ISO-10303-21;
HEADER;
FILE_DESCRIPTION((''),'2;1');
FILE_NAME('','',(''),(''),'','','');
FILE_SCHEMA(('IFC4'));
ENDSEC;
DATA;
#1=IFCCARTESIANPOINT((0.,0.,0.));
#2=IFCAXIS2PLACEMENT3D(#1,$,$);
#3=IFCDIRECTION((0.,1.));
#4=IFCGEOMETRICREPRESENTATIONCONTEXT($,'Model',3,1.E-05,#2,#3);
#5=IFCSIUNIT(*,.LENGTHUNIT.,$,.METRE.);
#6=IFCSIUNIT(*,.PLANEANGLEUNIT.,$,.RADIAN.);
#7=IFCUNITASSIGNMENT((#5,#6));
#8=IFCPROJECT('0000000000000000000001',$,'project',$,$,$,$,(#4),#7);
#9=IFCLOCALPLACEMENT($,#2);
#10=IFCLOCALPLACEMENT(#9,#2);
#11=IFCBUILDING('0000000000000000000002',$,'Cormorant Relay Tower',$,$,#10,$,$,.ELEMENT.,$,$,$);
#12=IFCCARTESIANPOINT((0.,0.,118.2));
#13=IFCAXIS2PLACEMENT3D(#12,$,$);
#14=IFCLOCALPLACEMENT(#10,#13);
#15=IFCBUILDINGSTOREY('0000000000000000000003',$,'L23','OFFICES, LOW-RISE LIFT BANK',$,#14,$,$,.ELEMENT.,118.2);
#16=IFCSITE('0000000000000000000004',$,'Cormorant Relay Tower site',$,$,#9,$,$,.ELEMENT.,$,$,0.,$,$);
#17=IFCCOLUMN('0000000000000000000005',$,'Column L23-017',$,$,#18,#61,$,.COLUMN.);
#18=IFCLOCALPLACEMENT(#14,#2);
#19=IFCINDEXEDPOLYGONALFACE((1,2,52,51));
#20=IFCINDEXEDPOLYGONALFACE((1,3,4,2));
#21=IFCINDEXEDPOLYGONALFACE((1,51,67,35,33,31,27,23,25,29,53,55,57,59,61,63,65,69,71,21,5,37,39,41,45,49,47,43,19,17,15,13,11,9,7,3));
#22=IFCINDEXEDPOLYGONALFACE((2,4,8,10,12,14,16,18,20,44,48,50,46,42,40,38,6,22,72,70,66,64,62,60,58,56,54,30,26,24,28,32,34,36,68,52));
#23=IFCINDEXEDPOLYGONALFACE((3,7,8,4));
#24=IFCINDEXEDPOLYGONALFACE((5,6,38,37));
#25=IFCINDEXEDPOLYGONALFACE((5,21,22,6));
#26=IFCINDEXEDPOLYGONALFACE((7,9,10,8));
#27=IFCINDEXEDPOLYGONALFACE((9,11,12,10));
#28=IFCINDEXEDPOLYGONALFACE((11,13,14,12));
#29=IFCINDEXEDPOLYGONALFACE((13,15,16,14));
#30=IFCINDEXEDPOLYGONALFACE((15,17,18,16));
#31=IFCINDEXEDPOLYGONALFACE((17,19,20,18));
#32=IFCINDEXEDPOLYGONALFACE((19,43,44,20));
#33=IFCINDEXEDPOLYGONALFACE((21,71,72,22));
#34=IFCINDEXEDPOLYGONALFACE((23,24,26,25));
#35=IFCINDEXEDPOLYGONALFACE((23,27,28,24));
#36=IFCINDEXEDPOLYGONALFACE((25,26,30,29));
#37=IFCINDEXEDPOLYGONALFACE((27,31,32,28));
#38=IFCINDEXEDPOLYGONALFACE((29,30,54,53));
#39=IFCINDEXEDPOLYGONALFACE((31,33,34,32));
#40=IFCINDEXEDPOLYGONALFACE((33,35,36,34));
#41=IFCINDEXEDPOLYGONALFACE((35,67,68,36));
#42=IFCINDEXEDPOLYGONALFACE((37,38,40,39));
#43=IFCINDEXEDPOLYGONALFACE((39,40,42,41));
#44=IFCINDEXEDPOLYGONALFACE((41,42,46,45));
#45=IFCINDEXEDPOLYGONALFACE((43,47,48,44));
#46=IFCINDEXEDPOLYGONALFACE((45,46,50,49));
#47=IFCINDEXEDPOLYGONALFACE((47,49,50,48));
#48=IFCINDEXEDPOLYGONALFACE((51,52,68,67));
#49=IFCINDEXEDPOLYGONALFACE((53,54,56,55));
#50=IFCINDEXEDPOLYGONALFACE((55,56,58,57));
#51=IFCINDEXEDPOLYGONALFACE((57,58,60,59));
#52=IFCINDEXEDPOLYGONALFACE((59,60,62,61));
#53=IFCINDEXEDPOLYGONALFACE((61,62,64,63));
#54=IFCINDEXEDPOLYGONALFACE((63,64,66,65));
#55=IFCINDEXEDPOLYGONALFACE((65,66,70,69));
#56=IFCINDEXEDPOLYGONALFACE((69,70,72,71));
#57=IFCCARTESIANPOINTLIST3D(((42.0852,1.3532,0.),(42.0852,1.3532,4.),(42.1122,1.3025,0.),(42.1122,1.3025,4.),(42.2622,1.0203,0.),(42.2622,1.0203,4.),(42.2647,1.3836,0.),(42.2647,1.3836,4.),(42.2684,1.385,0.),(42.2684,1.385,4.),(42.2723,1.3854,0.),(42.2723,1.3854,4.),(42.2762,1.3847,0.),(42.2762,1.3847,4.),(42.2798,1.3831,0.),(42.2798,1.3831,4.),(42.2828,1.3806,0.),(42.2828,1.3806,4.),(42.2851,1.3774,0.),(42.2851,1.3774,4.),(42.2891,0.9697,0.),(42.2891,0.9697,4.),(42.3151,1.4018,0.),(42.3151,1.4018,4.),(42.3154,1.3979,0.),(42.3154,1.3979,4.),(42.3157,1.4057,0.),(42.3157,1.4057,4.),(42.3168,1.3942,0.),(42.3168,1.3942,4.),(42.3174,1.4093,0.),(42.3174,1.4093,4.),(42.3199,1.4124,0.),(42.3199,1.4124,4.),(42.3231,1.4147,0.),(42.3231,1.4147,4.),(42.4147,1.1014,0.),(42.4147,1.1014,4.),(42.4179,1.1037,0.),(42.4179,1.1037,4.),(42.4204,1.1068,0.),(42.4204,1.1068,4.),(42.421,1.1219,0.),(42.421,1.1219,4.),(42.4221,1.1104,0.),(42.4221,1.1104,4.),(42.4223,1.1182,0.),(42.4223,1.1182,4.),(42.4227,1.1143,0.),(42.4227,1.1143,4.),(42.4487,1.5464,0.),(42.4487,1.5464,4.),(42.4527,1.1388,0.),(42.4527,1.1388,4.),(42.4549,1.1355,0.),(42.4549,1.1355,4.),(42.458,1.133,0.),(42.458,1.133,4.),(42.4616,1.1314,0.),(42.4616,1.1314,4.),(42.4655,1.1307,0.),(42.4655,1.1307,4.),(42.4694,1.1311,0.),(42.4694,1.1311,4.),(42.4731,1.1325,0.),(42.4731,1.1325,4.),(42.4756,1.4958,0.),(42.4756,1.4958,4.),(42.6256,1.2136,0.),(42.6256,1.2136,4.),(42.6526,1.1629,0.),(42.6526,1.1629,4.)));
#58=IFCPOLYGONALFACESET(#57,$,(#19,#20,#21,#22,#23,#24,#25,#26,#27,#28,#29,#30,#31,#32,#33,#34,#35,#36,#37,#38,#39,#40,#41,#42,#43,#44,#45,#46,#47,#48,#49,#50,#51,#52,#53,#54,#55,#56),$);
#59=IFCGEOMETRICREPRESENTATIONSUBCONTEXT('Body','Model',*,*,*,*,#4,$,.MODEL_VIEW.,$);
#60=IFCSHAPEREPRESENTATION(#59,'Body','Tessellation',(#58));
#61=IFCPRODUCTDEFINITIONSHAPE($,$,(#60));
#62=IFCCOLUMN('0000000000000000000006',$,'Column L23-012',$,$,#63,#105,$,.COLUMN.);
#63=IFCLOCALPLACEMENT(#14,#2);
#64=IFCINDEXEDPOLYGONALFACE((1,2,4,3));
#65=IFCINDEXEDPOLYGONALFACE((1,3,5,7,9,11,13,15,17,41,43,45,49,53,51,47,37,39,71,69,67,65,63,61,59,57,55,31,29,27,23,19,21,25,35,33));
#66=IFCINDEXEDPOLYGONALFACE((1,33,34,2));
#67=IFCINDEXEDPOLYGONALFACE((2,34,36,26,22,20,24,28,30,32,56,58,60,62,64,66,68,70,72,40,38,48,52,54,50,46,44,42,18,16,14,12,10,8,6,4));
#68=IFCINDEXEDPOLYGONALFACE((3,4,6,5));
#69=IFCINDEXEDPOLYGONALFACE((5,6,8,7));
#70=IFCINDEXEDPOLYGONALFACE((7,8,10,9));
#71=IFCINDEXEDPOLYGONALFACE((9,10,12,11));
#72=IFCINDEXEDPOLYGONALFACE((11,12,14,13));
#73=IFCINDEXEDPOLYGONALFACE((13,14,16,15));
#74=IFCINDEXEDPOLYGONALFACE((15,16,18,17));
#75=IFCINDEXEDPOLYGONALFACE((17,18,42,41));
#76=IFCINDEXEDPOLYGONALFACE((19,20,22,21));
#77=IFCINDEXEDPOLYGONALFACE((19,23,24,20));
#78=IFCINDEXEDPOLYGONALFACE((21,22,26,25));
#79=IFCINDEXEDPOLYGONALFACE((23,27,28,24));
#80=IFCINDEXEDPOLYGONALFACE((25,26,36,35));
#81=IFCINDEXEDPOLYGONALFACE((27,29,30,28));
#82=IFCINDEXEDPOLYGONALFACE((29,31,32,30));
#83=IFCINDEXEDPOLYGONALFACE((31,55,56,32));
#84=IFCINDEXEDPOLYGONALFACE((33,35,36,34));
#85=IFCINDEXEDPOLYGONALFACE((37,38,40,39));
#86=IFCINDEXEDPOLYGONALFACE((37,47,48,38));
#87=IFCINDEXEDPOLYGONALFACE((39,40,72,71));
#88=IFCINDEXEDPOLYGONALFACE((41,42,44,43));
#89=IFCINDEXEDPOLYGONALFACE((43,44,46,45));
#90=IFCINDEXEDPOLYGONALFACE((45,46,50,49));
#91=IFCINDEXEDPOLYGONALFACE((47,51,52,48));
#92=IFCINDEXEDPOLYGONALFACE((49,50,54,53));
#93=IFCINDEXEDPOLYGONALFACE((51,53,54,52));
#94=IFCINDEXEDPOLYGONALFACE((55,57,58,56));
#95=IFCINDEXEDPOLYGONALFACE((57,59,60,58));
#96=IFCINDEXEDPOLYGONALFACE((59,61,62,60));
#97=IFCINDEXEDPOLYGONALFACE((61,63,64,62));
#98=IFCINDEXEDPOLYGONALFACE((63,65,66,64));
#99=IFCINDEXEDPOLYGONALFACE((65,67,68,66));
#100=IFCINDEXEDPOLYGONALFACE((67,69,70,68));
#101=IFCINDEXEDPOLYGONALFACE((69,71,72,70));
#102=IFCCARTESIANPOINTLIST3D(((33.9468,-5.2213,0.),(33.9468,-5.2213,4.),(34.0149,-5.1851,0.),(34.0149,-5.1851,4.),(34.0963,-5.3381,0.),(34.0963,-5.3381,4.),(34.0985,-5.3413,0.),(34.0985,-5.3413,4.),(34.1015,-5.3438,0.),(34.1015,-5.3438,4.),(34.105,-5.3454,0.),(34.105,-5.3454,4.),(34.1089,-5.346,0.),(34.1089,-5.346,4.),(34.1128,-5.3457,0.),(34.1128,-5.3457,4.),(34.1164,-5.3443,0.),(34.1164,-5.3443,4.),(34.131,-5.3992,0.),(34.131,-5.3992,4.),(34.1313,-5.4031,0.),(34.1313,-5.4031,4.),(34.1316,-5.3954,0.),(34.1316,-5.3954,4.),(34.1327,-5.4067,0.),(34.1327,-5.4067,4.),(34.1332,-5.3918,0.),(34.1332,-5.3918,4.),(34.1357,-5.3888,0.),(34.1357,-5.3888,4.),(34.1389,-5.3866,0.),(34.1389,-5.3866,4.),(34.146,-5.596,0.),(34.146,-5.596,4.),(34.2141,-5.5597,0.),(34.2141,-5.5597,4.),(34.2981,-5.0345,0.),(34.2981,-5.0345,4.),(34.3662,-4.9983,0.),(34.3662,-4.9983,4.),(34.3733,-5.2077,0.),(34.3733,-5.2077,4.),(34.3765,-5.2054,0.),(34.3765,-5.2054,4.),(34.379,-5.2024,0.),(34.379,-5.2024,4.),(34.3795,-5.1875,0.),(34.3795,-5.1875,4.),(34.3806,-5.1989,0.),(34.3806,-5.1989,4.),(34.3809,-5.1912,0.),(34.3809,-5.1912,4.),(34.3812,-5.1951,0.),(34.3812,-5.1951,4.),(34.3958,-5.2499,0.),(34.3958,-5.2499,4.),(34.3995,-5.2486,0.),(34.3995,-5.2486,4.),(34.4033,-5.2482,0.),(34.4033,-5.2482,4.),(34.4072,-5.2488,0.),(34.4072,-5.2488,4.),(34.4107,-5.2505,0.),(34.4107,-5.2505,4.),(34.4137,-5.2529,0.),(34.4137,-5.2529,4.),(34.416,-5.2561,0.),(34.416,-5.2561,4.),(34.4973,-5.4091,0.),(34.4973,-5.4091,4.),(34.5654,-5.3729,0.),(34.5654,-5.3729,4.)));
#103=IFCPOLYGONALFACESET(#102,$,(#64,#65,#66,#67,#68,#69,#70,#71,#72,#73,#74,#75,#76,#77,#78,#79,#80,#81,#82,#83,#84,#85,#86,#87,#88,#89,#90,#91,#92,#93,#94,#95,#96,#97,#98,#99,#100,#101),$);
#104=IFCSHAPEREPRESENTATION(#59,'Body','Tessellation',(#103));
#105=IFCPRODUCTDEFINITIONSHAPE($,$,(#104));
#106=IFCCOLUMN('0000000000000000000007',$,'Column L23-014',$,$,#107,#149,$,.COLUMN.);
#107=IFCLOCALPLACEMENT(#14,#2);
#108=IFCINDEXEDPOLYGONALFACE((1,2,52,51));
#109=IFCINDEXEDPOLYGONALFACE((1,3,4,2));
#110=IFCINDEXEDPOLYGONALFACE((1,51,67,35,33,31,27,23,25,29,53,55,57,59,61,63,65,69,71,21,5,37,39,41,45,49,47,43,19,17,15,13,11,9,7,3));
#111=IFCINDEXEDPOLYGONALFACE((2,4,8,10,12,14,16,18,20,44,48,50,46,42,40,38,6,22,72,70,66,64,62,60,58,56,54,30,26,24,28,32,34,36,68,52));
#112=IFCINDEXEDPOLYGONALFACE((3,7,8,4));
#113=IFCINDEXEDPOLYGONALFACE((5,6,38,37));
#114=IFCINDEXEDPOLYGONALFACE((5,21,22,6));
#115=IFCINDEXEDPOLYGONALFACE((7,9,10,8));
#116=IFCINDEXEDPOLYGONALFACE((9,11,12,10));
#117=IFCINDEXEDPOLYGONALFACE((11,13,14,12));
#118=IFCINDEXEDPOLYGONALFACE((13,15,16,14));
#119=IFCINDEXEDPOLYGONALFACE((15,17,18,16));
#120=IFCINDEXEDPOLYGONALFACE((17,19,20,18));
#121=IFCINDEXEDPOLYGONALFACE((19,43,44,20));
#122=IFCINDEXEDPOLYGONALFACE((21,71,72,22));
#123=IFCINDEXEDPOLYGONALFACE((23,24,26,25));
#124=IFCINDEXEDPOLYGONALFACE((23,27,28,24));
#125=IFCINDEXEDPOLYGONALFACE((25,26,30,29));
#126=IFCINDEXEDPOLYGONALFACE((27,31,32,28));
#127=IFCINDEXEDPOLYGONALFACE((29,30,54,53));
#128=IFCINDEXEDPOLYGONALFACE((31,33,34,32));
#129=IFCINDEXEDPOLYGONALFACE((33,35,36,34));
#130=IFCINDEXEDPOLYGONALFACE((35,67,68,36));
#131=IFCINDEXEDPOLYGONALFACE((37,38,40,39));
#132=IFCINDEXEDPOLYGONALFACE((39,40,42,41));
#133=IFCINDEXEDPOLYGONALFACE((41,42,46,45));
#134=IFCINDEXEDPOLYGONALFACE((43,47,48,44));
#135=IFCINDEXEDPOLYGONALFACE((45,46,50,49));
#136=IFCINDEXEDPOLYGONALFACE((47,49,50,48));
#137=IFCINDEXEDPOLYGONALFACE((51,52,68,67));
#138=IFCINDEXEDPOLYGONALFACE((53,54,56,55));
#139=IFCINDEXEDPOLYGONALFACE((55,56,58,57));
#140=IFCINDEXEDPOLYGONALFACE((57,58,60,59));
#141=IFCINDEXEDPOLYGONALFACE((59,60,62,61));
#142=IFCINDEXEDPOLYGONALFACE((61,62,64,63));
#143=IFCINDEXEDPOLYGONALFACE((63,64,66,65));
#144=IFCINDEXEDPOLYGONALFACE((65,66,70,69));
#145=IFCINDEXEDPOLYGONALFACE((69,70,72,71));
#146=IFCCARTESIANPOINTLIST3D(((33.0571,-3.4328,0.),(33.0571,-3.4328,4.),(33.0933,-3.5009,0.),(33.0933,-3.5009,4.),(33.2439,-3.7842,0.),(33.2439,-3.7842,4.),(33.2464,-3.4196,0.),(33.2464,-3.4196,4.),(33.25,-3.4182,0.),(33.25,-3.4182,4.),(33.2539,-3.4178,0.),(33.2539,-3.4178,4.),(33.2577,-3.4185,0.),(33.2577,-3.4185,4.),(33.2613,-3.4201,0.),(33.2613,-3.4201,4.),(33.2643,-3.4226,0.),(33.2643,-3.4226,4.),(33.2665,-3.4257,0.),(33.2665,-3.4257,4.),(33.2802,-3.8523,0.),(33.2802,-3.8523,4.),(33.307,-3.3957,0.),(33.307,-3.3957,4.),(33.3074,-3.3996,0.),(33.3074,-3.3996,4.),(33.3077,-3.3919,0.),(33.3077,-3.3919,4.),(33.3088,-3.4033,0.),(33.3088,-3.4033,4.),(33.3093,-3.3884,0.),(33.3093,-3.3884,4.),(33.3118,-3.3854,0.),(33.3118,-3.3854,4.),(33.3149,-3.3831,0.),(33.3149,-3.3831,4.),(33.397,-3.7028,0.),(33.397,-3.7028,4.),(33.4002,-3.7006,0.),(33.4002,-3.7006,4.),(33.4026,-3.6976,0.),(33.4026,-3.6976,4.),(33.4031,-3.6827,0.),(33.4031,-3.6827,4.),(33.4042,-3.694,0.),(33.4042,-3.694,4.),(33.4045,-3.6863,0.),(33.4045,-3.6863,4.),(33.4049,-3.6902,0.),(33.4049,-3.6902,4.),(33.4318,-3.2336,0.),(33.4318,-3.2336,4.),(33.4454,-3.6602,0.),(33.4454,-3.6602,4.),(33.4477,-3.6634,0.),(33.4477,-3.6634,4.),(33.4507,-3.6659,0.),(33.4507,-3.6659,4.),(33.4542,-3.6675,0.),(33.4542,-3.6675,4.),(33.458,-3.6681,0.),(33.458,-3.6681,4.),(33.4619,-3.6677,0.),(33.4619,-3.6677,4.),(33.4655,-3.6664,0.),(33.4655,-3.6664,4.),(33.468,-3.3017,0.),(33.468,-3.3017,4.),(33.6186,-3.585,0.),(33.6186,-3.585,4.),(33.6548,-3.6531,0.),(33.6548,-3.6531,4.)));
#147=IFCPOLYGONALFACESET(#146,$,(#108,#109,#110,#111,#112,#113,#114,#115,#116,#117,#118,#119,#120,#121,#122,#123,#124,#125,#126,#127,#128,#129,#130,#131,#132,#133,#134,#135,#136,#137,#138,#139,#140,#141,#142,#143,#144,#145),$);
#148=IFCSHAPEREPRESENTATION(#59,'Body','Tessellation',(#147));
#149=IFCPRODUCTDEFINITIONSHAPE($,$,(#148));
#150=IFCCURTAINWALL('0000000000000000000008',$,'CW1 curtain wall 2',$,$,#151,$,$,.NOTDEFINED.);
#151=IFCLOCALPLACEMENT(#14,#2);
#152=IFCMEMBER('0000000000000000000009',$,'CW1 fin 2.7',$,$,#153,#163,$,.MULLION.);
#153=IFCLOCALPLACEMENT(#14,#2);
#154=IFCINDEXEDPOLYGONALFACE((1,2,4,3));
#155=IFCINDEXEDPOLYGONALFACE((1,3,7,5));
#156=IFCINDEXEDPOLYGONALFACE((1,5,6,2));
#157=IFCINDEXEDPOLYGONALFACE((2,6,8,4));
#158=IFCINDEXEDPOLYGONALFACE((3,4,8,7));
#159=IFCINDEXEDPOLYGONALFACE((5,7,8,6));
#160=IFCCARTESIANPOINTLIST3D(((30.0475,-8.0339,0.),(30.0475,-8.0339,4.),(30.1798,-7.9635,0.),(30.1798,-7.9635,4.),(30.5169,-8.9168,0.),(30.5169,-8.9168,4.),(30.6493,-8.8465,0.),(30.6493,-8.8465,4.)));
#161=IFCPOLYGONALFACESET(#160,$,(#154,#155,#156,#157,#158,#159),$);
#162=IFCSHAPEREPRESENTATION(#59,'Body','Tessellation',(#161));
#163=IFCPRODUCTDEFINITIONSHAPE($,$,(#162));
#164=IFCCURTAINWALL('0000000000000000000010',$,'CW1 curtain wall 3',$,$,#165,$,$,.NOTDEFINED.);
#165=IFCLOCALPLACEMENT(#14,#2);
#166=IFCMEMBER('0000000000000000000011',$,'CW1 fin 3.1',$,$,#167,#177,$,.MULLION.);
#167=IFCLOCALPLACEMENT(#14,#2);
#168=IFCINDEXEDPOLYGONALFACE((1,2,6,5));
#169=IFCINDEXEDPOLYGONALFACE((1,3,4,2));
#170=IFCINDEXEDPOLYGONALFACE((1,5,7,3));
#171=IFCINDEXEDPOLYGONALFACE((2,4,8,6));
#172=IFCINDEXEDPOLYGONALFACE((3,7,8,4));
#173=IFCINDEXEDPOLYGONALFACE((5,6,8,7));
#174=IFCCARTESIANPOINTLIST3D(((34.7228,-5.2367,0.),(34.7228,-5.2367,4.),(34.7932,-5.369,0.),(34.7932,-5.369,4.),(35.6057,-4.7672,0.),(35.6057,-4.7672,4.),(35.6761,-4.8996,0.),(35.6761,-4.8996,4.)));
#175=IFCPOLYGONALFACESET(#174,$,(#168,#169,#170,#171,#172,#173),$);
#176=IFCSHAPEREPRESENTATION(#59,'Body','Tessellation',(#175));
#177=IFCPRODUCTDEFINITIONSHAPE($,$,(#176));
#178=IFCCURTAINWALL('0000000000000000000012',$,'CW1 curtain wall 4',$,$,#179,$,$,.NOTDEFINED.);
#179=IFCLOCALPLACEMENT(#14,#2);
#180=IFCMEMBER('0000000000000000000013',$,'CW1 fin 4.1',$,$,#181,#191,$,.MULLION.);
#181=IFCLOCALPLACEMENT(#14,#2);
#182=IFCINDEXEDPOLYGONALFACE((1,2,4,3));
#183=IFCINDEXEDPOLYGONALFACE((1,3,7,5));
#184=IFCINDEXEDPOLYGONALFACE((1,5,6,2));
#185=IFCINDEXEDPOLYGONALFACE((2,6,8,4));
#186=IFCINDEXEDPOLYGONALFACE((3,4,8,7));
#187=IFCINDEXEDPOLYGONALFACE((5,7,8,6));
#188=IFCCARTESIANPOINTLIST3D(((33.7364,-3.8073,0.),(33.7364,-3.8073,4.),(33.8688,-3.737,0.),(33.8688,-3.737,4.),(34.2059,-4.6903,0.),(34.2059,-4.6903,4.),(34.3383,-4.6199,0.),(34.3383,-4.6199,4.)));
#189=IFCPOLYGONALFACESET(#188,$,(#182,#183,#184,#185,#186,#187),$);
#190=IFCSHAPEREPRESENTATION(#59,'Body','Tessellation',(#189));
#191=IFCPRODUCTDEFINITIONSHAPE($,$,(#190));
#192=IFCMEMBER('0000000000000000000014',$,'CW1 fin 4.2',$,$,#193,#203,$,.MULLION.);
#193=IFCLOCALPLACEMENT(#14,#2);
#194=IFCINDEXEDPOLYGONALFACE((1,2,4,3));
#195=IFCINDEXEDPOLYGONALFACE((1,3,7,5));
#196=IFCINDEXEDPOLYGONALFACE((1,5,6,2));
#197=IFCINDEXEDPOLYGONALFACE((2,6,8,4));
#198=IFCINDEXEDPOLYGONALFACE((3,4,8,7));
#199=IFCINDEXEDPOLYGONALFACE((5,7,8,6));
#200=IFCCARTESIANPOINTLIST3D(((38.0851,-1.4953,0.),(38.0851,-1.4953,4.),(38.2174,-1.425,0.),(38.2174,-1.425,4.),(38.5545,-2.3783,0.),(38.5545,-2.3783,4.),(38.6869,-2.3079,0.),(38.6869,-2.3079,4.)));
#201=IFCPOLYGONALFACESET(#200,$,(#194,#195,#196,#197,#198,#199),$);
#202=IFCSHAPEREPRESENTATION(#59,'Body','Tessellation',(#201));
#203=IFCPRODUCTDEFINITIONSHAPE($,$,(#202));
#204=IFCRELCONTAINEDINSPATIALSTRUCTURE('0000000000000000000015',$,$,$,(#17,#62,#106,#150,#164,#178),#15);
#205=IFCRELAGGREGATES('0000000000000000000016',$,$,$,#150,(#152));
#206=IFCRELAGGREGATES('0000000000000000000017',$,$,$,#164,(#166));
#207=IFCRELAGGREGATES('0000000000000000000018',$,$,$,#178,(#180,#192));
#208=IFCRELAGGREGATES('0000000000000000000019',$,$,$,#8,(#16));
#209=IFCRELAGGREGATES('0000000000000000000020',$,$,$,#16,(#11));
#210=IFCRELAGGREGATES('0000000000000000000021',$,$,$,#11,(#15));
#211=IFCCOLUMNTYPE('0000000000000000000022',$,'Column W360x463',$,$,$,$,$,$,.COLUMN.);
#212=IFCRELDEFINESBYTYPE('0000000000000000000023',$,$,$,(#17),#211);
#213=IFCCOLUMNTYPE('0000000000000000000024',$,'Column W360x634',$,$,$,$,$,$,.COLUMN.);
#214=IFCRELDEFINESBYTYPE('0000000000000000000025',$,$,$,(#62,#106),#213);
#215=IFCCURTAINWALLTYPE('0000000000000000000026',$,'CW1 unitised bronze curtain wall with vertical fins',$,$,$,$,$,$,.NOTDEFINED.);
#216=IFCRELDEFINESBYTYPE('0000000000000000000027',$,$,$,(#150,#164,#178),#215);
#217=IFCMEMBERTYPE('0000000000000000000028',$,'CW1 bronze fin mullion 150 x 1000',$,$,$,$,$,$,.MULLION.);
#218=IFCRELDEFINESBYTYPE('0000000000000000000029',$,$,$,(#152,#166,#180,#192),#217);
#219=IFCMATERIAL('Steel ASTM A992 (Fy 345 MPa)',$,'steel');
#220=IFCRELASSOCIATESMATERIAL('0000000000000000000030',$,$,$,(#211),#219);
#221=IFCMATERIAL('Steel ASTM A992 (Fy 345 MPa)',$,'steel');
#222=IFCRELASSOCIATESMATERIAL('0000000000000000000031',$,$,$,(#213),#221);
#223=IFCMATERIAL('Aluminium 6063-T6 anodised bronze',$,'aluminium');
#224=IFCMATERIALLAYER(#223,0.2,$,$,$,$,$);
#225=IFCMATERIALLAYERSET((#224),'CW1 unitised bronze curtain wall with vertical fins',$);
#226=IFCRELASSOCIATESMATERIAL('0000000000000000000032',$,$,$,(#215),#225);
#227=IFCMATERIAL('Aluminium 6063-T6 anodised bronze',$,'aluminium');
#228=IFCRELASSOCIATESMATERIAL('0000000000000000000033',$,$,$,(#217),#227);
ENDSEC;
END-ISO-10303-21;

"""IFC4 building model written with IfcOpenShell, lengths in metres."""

from ifc_helpers import new_model, si_unit, direction, frame, origin, origin_2d, place, context, subcontext, project, spatial, rectangle, i_section, extrude, material, layer, layer_set, material_profile, profile_set, type_object, element, aggregate, save


model = new_model("IFC4")

# Units and contexts
model_context = context("Model", 3, precision=1e-05, world=origin(), true_north=direction((0.0, 1.0)))
body_context = subcontext(model_context, "Body", "Model", "MODEL_VIEW")
ifc_project = project(units=[si_unit("LENGTHUNIT", "METRE"), si_unit("PLANEANGLEUNIT", "RADIAN")], contexts=[model_context])

# Site, building, storey
site_placement = place(None, origin())
site = spatial("IfcSite", under=ifc_project, at=site_placement, Name="Cormorant Relay Tower site", CompositionType="ELEMENT", RefElevation=0.0)
building_placement = place(site_placement, origin())
building = spatial("IfcBuilding", under=site, at=building_placement, Name="Cormorant Relay Tower", CompositionType="ELEMENT")
storey_placement = place(building_placement, frame((0.0, 0.0, 118.2)))
storey = spatial("IfcBuildingStorey", under=building, at=storey_placement, Name="L23", Description="OFFICES, LOW-RISE LIFT BANK", CompositionType="ELEMENT", Elevation=118.2)

# Columns
ifc_material_1 = material(Name="Steel ASTM A992 (Fy 345 MPa)", Category="steel")
ifc_material_profile_1 = material_profile(ifc_material_1, i_section(OverallWidth=0.4116, OverallDepth=0.4343, WebThickness=0.0359, FlangeThickness=0.0574, FilletRadius=0.0151, at=origin_2d()), Name="W360x463")
ifc_profile_set_1 = profile_set([ifc_material_profile_1], Name="Steel ASTM A992 (Fy 345 MPa)")
column_type_1 = type_object("IfcColumnType", Name="Column W360x463", PredefinedType="COLUMN", material=ifc_profile_set_1)
column_placement = place(storey_placement, frame((42.3689, 1.2581, 0.0), z_axis=(0.0, 0.0, 1.0), x_axis=(0.882948, 0.469472, 0.0)))
element("IfcColumn", 1, at=column_placement, inside=storey, type_object=column_type_1, Name="Column L23-017", PredefinedType="COLUMN", context=body_context, shape_type="SweptSolid", body=[
    extrude(i_section(OverallWidth=0.4116, OverallDepth=0.4343, WebThickness=0.0359, FlangeThickness=0.0574, FilletRadius=0.0151, at=origin_2d()), origin(), (0.0, 0.0, 1.0), 4.0),
])
ifc_material_2 = material(Name="Steel ASTM A992 (Fy 345 MPa)", Category="steel")
ifc_material_profile_2 = material_profile(ifc_material_2, i_section(OverallWidth=0.4243, OverallDepth=0.4751, WebThickness=0.0479, FlangeThickness=0.0771, FilletRadius=0.0149, at=origin_2d()), Name="W360x634")
ifc_profile_set_2 = profile_set([ifc_material_profile_2], Name="Steel ASTM A992 (Fy 345 MPa)")
column_type_2 = type_object("IfcColumnType", Name="Column W360x634", PredefinedType="COLUMN", material=ifc_profile_set_2)
for number, where, z_axis, x_axis, name in (
    (2, (34.2561, -5.2971, 0.0), (0.0, 0.0, 1.0), (-0.469472, 0.882948, 0.0), "Column L23-012"),
    (3, (33.356, -3.543, 0.0), (0.0, 0.0, 1.0), (0.882948, 0.469472, 0.0), "Column L23-014"),
):
    element("IfcColumn", number, at=place(storey_placement, frame(where, z_axis=z_axis, x_axis=x_axis)), inside=storey, type_object=column_type_2, Name=name, PredefinedType="COLUMN", context=body_context, shape_type="SweptSolid", body=[
        extrude(i_section(OverallWidth=0.4243, OverallDepth=0.4751, WebThickness=0.0479, FlangeThickness=0.0771, FilletRadius=0.0149, at=origin_2d()), origin(), (0.0, 0.0, 1.0), 4.0),
    ])

# Curtain walls, members
ifc_material_3 = material(Name="Aluminium 6063-T6 anodised bronze", Category="aluminium")
ifc_layer_1 = layer(ifc_material_3, 0.2)
ifc_layer_set_1 = layer_set([ifc_layer_1], Name="CW1 unitised bronze curtain wall with vertical fins")
curtain_wall_type = type_object("IfcCurtainWallType", Name="CW1 unitised bronze curtain wall with vertical fins", PredefinedType="NOTDEFINED", material=ifc_layer_set_1)
curtain_wall_1_placement = place(storey_placement, origin())
curtain_wall_1 = element("IfcCurtainWall", 4, at=curtain_wall_1_placement, inside=storey, type_object=curtain_wall_type, Name="CW1 curtain wall 2", PredefinedType="NOTDEFINED")
ifc_material_4 = material(Name="Aluminium 6063-T6 anodised bronze", Category="aluminium")
ifc_material_profile_3 = material_profile(ifc_material_4, rectangle(XDim=0.1499, YDim=1.0, at=origin_2d()), Name="AL 150x1000")
ifc_profile_set_3 = profile_set([ifc_material_profile_3], Name="Aluminium 6063-T6 anodised bronze")
member_type_1 = type_object("IfcMemberType", Name="CW1 bronze fin mullion 150 x 1000", PredefinedType="MULLION", material=ifc_profile_set_3)
member_1_placement = place(storey_placement, frame((30.3484, -8.4402, 0.0), z_axis=(0.0, 0.0, 1.0), x_axis=(0.882948, 0.469472, 0.0)))
member_1 = element("IfcMember", 5, at=member_1_placement, type_object=member_type_1, Name="CW1 fin 2.7", PredefinedType="MULLION", context=body_context, shape_type="SweptSolid", body=[
    extrude(rectangle(XDim=0.1499, YDim=1.0, at=origin_2d()), origin(), (0.0, 0.0, 1.0), 4.0),
])
curtain_wall_2_placement = place(storey_placement, origin())
curtain_wall_2 = element("IfcCurtainWall", 6, at=curtain_wall_2_placement, inside=storey, type_object=curtain_wall_type, Name="CW1 curtain wall 3", PredefinedType="NOTDEFINED")
member_2_placement = place(storey_placement, frame((35.1995, -5.0681, 0.0), z_axis=(0.0, 0.0, 1.0), x_axis=(-0.469472, 0.882948, 0.0)))
member_2 = element("IfcMember", 7, at=member_2_placement, type_object=member_type_1, Name="CW1 fin 3.1", PredefinedType="MULLION", context=body_context, shape_type="SweptSolid", body=[
    extrude(rectangle(XDim=0.1499, YDim=1.0, at=origin_2d()), origin(), (0.0, 0.0, 1.0), 4.0),
])

# Curtain wall, members
curtain_wall_3_placement = place(storey_placement, origin())
curtain_wall_3 = element("IfcCurtainWall", 8, at=curtain_wall_3_placement, inside=storey, type_object=curtain_wall_type, Name="CW1 curtain wall 4", PredefinedType="NOTDEFINED")
member_3_placement = place(storey_placement, frame((34.0374, -4.2136, 0.0), z_axis=(0.0, 0.0, 1.0), x_axis=(0.882948, 0.469472, 0.0)))
member_3 = element("IfcMember", 9, at=member_3_placement, type_object=member_type_1, Name="CW1 fin 4.1", PredefinedType="MULLION", context=body_context, shape_type="SweptSolid", body=[
    extrude(rectangle(XDim=0.1499, YDim=1.0, at=origin_2d()), origin(), (0.0, 0.0, 1.0), 4.0),
])
member_4_placement = place(storey_placement, frame((38.386, -1.9016, 0.0), z_axis=(0.0, 0.0, 1.0), x_axis=(0.882948, 0.469472, 0.0)))
member_4 = element("IfcMember", 10, at=member_4_placement, type_object=member_type_1, Name="CW1 fin 4.2", PredefinedType="MULLION", context=body_context, shape_type="SweptSolid", body=[
    extrude(rectangle(XDim=0.1499, YDim=1.0, at=origin_2d()), origin(), (0.0, 0.0, 1.0), 4.0),
])

aggregate(curtain_wall_1, [member_1])
aggregate(curtain_wall_2, [member_2])
aggregate(curtain_wall_3, [member_3, member_4])

save(model, "model.ifc")
